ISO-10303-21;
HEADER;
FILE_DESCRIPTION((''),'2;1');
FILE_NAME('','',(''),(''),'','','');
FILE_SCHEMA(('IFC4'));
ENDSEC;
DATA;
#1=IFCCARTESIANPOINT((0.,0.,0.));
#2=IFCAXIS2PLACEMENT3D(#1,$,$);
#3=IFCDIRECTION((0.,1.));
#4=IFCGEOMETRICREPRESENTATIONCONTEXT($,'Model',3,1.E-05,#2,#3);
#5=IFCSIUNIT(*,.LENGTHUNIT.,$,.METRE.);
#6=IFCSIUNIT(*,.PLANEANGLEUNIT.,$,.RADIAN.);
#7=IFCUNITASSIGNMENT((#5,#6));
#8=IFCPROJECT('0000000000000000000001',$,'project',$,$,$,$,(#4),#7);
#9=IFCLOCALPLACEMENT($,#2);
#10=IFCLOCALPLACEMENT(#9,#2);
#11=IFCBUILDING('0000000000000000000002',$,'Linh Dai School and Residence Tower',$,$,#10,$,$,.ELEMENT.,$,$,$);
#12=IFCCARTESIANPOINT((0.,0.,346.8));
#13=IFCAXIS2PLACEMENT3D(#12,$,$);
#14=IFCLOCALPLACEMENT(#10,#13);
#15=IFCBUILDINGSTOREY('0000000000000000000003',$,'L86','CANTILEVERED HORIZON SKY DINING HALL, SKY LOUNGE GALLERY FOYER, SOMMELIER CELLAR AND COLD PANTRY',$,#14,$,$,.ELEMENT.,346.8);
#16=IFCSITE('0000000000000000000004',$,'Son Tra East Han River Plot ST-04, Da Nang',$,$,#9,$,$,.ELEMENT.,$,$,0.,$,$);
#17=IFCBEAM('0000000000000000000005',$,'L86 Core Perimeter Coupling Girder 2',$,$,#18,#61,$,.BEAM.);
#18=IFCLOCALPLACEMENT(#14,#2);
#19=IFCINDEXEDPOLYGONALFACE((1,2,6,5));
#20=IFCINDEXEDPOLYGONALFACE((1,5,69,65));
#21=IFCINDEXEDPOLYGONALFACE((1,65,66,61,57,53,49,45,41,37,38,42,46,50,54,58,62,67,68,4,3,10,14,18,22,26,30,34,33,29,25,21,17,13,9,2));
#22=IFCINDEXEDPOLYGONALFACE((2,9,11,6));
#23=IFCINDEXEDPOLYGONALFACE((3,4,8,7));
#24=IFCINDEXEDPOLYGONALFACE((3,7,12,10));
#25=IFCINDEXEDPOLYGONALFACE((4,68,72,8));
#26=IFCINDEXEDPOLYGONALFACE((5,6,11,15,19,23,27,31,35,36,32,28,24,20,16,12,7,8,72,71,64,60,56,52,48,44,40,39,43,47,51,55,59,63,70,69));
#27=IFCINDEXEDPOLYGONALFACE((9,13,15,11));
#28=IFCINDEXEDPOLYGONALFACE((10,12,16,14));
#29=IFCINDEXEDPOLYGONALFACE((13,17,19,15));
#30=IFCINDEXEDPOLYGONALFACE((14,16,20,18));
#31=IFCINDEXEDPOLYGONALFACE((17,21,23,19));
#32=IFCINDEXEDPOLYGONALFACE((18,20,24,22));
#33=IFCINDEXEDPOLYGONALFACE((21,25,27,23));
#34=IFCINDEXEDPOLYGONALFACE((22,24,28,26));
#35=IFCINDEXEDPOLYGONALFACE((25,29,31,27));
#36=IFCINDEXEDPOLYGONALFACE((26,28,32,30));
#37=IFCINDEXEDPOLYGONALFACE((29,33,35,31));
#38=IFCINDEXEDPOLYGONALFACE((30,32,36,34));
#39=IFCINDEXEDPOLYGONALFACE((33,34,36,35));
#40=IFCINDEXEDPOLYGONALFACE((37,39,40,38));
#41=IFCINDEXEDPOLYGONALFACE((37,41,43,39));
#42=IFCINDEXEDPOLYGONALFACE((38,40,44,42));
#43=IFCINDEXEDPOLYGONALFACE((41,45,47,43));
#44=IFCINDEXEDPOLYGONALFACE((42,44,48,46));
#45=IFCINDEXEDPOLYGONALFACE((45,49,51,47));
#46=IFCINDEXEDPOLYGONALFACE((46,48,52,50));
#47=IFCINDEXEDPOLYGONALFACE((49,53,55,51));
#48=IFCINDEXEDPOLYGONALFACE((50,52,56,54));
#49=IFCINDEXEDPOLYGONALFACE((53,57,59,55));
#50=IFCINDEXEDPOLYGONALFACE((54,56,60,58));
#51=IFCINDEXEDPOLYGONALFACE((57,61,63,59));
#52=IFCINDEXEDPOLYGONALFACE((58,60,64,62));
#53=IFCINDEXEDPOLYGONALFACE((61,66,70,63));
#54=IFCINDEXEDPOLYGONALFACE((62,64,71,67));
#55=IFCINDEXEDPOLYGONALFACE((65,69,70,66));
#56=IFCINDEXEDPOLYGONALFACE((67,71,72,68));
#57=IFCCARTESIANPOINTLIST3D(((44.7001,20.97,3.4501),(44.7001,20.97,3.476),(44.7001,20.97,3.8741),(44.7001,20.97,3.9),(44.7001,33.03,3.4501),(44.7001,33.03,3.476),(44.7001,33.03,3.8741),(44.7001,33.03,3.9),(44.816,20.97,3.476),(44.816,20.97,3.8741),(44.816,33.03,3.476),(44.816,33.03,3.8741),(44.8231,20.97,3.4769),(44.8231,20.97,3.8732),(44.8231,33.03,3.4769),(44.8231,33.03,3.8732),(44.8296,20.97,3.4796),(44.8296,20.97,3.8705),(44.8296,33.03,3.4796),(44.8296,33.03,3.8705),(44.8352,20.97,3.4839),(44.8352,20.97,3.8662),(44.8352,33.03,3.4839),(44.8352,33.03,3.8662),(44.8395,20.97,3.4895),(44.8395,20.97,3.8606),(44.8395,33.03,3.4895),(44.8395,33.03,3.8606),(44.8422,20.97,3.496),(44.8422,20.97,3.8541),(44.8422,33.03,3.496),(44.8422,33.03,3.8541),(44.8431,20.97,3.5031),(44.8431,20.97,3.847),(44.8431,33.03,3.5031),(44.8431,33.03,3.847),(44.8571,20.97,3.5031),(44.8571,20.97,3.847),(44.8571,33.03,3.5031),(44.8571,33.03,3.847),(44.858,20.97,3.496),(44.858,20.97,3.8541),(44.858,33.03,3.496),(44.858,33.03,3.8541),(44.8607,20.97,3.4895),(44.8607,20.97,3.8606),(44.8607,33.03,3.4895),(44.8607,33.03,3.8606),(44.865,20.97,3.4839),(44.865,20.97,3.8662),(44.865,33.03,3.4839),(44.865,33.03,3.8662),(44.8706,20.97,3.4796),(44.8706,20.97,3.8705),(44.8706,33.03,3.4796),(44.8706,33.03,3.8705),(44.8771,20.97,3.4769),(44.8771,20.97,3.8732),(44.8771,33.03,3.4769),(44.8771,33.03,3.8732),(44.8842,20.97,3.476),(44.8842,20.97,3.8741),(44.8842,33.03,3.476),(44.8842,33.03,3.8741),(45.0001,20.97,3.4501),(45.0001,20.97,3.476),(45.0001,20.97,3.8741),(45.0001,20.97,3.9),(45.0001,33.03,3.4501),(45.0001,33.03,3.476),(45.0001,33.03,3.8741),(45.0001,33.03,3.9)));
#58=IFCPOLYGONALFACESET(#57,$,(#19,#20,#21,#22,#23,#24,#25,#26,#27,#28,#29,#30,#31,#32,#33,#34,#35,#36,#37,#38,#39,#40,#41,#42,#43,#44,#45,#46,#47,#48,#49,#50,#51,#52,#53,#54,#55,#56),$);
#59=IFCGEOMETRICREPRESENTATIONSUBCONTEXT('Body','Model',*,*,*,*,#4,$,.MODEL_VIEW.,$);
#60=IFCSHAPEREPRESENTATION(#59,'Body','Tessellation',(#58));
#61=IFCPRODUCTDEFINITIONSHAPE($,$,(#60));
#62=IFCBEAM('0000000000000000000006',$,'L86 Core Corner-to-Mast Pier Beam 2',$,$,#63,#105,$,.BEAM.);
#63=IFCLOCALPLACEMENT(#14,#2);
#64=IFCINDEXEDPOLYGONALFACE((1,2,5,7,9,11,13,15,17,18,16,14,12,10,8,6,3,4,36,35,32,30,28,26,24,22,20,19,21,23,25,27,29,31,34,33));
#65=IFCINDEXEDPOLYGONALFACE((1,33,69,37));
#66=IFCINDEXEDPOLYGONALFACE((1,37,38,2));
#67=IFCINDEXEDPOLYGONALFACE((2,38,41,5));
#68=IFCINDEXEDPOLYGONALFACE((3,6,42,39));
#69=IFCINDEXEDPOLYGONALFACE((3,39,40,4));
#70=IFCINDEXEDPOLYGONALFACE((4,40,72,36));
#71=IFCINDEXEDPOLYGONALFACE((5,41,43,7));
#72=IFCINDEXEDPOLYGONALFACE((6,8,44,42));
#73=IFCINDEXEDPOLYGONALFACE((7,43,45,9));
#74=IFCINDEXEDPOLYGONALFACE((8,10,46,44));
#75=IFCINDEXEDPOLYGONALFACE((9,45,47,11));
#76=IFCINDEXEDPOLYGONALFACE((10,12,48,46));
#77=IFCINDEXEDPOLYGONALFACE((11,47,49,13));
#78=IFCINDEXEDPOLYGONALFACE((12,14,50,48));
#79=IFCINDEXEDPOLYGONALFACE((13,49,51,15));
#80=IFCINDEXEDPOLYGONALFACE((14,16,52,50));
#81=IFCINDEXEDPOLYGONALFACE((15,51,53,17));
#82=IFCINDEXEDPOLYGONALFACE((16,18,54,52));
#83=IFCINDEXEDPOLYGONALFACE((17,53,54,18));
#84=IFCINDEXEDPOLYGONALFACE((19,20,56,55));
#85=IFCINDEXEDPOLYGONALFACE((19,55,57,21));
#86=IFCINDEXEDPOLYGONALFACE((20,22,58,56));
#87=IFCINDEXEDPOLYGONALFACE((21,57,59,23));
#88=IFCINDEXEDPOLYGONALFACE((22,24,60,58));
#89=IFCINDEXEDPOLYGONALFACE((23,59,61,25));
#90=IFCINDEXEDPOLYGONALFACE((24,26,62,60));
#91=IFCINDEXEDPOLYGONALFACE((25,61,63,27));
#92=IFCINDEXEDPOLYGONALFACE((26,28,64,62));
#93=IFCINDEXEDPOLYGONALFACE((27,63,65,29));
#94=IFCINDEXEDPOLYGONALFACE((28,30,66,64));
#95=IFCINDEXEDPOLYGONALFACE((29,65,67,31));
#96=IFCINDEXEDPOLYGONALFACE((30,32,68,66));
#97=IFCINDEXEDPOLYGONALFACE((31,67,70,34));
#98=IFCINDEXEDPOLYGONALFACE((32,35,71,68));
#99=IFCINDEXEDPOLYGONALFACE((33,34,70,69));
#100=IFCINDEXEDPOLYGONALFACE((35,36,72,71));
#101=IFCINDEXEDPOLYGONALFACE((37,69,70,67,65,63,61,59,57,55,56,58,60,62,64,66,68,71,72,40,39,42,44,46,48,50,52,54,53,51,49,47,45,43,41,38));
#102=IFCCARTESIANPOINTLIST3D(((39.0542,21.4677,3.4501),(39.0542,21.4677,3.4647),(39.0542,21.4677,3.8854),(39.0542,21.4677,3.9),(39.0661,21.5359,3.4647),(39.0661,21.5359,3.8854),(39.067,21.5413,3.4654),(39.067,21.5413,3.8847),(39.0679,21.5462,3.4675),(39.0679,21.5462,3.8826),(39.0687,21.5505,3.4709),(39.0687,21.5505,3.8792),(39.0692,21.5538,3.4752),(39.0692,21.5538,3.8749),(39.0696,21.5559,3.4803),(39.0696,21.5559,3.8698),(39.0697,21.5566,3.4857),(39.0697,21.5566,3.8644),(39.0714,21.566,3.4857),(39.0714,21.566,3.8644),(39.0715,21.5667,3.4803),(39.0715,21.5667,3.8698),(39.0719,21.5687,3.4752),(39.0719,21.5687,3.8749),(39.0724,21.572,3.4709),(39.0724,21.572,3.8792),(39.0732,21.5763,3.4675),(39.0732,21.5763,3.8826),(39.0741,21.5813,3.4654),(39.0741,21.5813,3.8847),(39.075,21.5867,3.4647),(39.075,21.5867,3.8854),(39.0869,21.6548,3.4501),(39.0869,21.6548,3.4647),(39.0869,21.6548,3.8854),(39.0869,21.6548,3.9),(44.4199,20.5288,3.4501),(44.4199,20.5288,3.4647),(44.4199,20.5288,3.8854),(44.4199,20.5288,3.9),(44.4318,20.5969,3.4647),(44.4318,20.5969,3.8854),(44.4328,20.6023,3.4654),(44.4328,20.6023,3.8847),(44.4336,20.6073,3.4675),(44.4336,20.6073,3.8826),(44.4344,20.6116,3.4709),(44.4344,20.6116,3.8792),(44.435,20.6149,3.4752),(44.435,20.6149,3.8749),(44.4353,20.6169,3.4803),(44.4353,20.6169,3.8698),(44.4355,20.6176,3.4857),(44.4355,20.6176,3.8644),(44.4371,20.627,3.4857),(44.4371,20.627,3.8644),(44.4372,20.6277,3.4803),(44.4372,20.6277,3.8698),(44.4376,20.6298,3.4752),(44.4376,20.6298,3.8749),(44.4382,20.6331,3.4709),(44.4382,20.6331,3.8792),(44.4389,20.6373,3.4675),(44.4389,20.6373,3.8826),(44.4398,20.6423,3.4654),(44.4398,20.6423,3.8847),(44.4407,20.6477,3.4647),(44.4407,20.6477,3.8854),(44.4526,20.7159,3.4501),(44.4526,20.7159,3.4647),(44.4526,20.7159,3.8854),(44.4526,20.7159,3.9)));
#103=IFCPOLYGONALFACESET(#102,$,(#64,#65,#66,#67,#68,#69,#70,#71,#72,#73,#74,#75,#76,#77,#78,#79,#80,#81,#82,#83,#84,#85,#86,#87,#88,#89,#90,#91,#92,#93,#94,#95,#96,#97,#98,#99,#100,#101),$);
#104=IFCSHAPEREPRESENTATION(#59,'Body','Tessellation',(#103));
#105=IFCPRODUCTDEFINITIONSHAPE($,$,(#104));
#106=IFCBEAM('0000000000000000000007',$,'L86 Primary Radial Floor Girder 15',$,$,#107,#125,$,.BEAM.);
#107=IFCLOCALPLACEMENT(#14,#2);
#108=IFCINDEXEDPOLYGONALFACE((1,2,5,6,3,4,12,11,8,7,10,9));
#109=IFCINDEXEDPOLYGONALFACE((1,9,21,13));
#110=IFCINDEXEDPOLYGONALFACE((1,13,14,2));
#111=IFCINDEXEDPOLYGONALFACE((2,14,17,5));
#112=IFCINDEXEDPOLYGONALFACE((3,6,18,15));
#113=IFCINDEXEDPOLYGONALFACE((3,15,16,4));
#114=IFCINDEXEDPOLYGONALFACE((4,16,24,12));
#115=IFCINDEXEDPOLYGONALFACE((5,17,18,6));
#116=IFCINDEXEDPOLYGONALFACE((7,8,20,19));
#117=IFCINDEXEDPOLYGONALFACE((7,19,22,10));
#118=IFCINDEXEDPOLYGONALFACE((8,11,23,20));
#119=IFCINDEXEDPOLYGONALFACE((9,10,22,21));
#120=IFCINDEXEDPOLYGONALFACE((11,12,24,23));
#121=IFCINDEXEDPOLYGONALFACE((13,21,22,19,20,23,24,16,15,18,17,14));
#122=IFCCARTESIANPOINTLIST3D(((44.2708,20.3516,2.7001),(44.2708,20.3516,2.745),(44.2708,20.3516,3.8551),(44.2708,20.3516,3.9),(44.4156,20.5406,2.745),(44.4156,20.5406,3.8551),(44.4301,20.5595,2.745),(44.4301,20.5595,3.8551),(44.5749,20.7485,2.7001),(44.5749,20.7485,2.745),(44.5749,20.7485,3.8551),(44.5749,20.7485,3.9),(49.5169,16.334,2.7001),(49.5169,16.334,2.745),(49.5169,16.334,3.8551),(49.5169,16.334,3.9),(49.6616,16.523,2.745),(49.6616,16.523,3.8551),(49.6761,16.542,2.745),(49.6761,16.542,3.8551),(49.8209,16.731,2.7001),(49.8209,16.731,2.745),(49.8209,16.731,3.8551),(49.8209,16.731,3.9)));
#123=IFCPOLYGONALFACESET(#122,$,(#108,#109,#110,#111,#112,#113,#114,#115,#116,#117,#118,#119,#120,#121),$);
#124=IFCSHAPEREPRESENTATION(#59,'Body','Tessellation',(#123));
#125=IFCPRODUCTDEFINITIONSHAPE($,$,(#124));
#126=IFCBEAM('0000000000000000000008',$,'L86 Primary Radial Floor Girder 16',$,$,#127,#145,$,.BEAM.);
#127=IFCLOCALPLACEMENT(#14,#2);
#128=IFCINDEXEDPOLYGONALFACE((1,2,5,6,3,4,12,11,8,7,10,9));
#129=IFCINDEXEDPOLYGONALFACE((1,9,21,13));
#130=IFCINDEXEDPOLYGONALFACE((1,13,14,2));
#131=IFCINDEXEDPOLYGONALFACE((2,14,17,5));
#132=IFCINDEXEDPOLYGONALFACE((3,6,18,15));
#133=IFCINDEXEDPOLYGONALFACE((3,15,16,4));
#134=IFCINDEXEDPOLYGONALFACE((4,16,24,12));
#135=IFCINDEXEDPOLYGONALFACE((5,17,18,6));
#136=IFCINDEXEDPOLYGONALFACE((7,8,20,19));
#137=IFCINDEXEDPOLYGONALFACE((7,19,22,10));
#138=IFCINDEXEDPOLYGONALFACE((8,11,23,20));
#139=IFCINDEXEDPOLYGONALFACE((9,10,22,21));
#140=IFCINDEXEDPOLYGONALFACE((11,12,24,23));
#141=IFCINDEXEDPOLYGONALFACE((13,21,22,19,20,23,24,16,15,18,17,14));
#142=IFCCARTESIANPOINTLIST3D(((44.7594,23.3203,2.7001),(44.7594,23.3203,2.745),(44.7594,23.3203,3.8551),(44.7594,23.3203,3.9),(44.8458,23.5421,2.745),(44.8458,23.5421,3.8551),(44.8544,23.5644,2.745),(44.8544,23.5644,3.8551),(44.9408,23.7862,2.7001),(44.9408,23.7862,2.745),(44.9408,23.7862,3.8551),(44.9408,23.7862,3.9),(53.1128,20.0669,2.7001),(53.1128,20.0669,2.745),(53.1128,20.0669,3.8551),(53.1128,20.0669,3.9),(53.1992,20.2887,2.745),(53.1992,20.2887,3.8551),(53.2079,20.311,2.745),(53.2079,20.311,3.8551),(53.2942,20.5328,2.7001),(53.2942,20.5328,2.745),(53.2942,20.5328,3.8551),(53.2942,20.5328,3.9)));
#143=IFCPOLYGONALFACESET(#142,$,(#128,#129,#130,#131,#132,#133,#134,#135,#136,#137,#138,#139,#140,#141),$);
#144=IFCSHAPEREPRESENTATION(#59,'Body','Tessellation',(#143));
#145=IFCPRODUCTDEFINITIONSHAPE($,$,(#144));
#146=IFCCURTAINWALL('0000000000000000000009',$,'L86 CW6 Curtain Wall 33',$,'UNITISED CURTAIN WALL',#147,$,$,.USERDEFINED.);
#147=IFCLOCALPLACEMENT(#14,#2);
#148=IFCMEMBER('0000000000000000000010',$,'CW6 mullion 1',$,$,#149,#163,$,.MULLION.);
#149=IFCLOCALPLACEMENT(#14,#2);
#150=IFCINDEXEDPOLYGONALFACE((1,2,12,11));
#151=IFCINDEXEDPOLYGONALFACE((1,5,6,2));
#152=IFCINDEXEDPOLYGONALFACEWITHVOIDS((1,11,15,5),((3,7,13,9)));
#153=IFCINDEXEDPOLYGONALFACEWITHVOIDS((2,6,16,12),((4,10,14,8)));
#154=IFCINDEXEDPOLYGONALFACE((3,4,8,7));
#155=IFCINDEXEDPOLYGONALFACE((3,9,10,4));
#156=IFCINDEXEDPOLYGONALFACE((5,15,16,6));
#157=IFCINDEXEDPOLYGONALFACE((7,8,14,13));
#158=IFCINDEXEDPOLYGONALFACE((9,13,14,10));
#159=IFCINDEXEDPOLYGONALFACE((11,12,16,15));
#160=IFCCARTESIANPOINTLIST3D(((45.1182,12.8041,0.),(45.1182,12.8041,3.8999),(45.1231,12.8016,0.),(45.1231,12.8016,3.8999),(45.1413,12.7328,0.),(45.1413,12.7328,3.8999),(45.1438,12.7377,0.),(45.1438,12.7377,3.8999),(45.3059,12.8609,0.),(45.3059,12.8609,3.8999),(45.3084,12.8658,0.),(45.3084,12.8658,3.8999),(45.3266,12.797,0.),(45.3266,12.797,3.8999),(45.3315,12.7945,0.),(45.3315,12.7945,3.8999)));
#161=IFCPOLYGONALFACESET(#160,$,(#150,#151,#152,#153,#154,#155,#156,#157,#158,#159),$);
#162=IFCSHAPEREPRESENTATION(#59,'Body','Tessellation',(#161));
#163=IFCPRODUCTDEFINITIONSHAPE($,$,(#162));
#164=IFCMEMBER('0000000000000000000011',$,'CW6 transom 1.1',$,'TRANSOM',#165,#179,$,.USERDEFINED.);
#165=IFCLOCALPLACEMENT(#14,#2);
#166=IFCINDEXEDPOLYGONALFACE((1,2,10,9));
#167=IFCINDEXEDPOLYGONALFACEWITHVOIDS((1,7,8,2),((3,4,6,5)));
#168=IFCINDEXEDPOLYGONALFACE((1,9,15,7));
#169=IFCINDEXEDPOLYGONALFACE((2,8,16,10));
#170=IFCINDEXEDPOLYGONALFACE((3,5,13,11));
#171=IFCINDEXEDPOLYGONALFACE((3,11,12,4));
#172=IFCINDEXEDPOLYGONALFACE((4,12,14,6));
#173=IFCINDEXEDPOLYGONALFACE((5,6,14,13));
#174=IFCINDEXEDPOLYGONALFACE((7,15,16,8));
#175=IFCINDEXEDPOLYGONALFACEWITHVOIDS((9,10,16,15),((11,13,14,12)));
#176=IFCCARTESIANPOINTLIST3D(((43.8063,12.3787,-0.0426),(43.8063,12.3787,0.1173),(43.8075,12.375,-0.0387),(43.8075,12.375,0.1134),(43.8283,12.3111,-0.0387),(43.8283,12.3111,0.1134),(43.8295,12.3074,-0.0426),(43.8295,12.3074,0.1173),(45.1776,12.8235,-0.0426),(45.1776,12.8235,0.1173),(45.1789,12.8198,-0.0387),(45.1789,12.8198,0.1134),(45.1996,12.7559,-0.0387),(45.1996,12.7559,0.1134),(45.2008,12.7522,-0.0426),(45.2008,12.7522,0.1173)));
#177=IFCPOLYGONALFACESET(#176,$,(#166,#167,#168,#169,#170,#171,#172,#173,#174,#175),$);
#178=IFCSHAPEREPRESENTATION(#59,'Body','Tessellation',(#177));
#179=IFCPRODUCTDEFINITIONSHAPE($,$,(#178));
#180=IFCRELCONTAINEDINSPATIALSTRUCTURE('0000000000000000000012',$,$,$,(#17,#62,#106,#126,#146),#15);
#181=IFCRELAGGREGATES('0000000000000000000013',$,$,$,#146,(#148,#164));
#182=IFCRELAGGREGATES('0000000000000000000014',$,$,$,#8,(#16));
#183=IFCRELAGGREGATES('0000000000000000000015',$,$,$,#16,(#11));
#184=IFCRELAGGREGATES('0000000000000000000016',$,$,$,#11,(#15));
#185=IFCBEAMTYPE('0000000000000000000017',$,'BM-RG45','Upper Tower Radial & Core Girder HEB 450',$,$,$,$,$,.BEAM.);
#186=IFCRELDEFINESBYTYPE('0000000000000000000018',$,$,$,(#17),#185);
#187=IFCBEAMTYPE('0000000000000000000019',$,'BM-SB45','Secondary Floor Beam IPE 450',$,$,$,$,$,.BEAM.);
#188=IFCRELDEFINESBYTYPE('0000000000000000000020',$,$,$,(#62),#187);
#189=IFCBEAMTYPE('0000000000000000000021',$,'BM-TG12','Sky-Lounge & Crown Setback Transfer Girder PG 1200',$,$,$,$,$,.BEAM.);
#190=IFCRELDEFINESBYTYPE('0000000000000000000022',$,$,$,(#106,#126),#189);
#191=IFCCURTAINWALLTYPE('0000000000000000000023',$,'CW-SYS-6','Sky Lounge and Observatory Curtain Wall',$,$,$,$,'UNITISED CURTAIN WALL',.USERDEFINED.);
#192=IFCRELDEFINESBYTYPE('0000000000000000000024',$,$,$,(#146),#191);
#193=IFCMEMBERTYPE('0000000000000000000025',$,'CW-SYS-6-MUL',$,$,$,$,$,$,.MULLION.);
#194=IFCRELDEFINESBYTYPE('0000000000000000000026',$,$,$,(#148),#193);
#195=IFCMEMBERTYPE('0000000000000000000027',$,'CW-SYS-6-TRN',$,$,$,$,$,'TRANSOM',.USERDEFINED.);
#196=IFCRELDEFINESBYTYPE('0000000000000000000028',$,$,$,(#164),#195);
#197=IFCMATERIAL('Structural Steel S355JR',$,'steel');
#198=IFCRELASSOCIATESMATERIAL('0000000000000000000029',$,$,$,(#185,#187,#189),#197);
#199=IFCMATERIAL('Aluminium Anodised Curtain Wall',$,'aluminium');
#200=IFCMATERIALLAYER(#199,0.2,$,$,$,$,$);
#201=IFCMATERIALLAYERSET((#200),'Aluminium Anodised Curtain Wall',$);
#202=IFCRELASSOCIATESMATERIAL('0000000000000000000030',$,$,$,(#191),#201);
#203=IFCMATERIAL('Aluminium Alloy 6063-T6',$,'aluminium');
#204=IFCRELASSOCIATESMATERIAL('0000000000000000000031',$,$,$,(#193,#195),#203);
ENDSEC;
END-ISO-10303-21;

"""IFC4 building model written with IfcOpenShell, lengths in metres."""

from ifc_helpers import new_model, si_unit, direction, frame, origin, origin_2d, place, context, subcontext, project, spatial, hollow_rectangle, i_section, extrude, source, transform, mapped, material, layer, layer_set, material_profile, profile_set, type_object, element, aggregate, save


model = new_model("IFC4")

# Units and contexts
model_context = context("Model", 3, precision=1e-05, world=origin(), true_north=direction((0.0, 1.0)))
body_context = subcontext(model_context, "Body", "Model", "MODEL_VIEW")
ifc_project = project(units=[si_unit("LENGTHUNIT", "METRE"), si_unit("PLANEANGLEUNIT", "RADIAN")], contexts=[model_context])

# Site, building, storey
site_placement = place(None, origin())
site = spatial("IfcSite", under=ifc_project, at=site_placement, Name="Son Tra East Han River Plot ST-04, Da Nang", CompositionType="ELEMENT", RefElevation=0.0)
building_placement = place(site_placement, origin())
building = spatial("IfcBuilding", under=site, at=building_placement, Name="Linh Dai School and Residence Tower", CompositionType="ELEMENT")
storey_placement = place(building_placement, frame((0.0, 0.0, 346.8)))
storey = spatial("IfcBuildingStorey", under=building, at=storey_placement, Name="L86", Description="CANTILEVERED HORIZON SKY DINING HALL, SKY LOUNGE GALLERY FOYER, SOMMELIER CELLAR AND COLD PANTRY", CompositionType="ELEMENT", Elevation=346.8)

# Shared definitions
ifc_material_1 = material(Name="Structural Steel S355JR", Category="steel")

# Beams
ifc_material_profile_1 = material_profile(ifc_material_1, i_section(OverallWidth=0.3, OverallDepth=0.45, WebThickness=0.0139, FlangeThickness=0.0259, FilletRadius=0.0271, at=origin_2d()), Name="HEB 450")
ifc_profile_set_1 = profile_set([ifc_material_profile_1], Name="Structural Steel S355JR")
beam_type_1 = type_object("IfcBeamType", Name="BM-RG45", Description="Upper Tower Radial & Core Girder HEB 450", PredefinedType="BEAM", material=ifc_profile_set_1)
beam_1_placement = place(storey_placement, frame((44.8501, 20.97, 3.675), z_axis=(0.0, 1.0, 0.0), x_axis=(-1.0, 0.0, 0.0)))
element("IfcBeam", 1, at=beam_1_placement, inside=storey, type_object=beam_type_1, Name="L86 Core Perimeter Coupling Girder 2", PredefinedType="BEAM", context=body_context, shape_type="SweptSolid", body=[
    extrude(i_section(OverallWidth=0.3, OverallDepth=0.45, WebThickness=0.0139, FlangeThickness=0.0259, FilletRadius=0.0271, at=origin_2d()), origin(), (0.0, 0.0, 1.0), 12.0601),
])
ifc_material_profile_2 = material_profile(ifc_material_1, i_section(OverallWidth=0.1899, OverallDepth=0.45, WebThickness=0.0095, FlangeThickness=0.0146, FilletRadius=0.021, at=origin_2d()), Name="IPE 450")
ifc_profile_set_2 = profile_set([ifc_material_profile_2], Name="Structural Steel S355JR")
beam_type_2 = type_object("IfcBeamType", Name="BM-SB45", Description="Secondary Floor Beam IPE 450", PredefinedType="BEAM", material=ifc_profile_set_2)
beam_2_placement = place(storey_placement, frame((44.4363, 20.6223, 3.675), z_axis=(-0.985032, 0.172374, 0.0), x_axis=(-0.172374, -0.985032, 0.0)))
element("IfcBeam", 2, at=beam_2_placement, inside=storey, type_object=beam_type_2, Name="L86 Core Corner-to-Mast Pier Beam 2", PredefinedType="BEAM", context=body_context, shape_type="SweptSolid", body=[
    extrude(i_section(OverallWidth=0.1899, OverallDepth=0.45, WebThickness=0.0095, FlangeThickness=0.0146, FilletRadius=0.021, at=origin_2d()), origin(), (0.0, 0.0, 1.0), 5.4473),
])
ifc_material_profile_3 = material_profile(ifc_material_1, i_section(OverallWidth=0.5, OverallDepth=1.2, WebThickness=0.0239, FlangeThickness=0.0449, at=origin_2d()), Name="PG 1200x500x24x45")
ifc_profile_set_3 = profile_set([ifc_material_profile_3], Name="Structural Steel S355JR")
beam_type_3 = type_object("IfcBeamType", Name="BM-TG12", Description="Sky-Lounge & Crown Setback Transfer Girder PG 1200", PredefinedType="BEAM", material=ifc_profile_set_3)
beam_3_placement = place(storey_placement, frame((44.4229, 20.55, 3.3), z_axis=(0.79393, -0.608009, 0.0), x_axis=(0.608009, 0.79393, 0.0)))
element("IfcBeam", 3, at=beam_3_placement, inside=storey, type_object=beam_type_3, Name="L86 Primary Radial Floor Girder 15", PredefinedType="BEAM", context=body_context, shape_type="SweptSolid", body=[
    extrude(i_section(OverallWidth=0.5, OverallDepth=1.2, WebThickness=0.0239, FlangeThickness=0.0449, at=origin_2d()), origin(), (0.0, 0.0, 1.0), 6.6077),
])
beam_4_placement = place(storey_placement, frame((44.8501, 23.5532, 3.3), z_axis=(0.931823, -0.362914, 0.0), x_axis=(0.362914, 0.931823, 0.0)))
element("IfcBeam", 4, at=beam_4_placement, inside=storey, type_object=beam_type_3, Name="L86 Primary Radial Floor Girder 16", PredefinedType="BEAM", context=body_context, shape_type="SweptSolid", body=[
    extrude(i_section(OverallWidth=0.5, OverallDepth=1.2, WebThickness=0.0239, FlangeThickness=0.0449, at=origin_2d()), origin(), (0.0, 0.0, 1.0), 8.9646),
])

# Curtain wall, members
ifc_material_2 = material(Name="Aluminium Anodised Curtain Wall", Category="aluminium")
ifc_layer_1 = layer(ifc_material_2, 0.2)
ifc_layer_set_1 = layer_set([ifc_layer_1], Name="Aluminium Anodised Curtain Wall")
curtain_wall_type = type_object("IfcCurtainWallType", Name="CW-SYS-6", Description="Sky Lounge and Observatory Curtain Wall", ElementType="UNITISED CURTAIN WALL", PredefinedType="USERDEFINED", material=ifc_layer_set_1)
curtain_wall_placement = place(storey_placement, origin())
curtain_wall = element("IfcCurtainWall", 5, at=curtain_wall_placement, inside=storey, type_object=curtain_wall_type, Name="L86 CW6 Curtain Wall 33", ObjectType="UNITISED CURTAIN WALL", PredefinedType="USERDEFINED")
ifc_material_3 = material(Name="Aluminium Alloy 6063-T6", Category="aluminium")
ifc_material_profile_4 = material_profile(ifc_material_3, hollow_rectangle(XDim=0.075, YDim=0.2, WallThickness=0.0039, at=origin_2d()), Name="RHS 200x75x4")
ifc_profile_set_4 = profile_set([ifc_material_profile_4], Name="Aluminium Alloy 6063-T6")
member_type_1 = type_object("IfcMemberType", Name="CW-SYS-6-MUL", PredefinedType="MULLION", material=ifc_profile_set_4)
shared_shape_1 = source(origin(), body_context, "Body", "SweptSolid", [
    extrude(hollow_rectangle(XDim=0.075, YDim=0.2, WallThickness=0.0039, at=origin_2d()), origin(), (0.0, 0.0, 1.0), 3.8999),
])
member_1_placement = place(storey_placement, frame((45.2249, 12.7993, 0.0), z_axis=(0.0, 0.0, 1.0), x_axis=(0.308565, -0.951203, 0.0)))
member_1 = element("IfcMember", 6, at=member_1_placement, type_object=member_type_1, Name="CW6 mullion 1", PredefinedType="MULLION", context=body_context, shape_type="MappedRepresentation", body=[
    mapped(shared_shape_1, transform((0.0, 0.0, 0.0), x_axis=(1.0, 0.0, 0.0), y_axis=(0.0, 1.0, 0.0), z_axis=(0.0, 0.0, 1.0), scale=1.0)),
])
ifc_material_profile_5 = material_profile(ifc_material_3, hollow_rectangle(XDim=0.075, YDim=0.1599, WallThickness=0.0039, at=origin_2d()), Name="RHS 160x75x4")
ifc_profile_set_5 = profile_set([ifc_material_profile_5], Name="Aluminium Alloy 6063-T6")
member_type_2 = type_object("IfcMemberType", Name="CW-SYS-6-TRN", ElementType="TRANSOM", PredefinedType="USERDEFINED", material=ifc_profile_set_5)
shared_shape_2 = source(origin(), body_context, "Body", "SweptSolid", [
    extrude(hollow_rectangle(XDim=0.075, YDim=0.1599, WallThickness=0.0039, at=origin_2d()), origin(), (0.0, 0.0, 1.0), 1.4417),
])
member_2_placement = place(storey_placement, frame((45.1892, 12.7878, 0.0374), z_axis=(-0.951209, -0.308546, 0.0), x_axis=(0.308546, -0.951209, 0.0)))
member_2 = element("IfcMember", 7, at=member_2_placement, type_object=member_type_2, Name="CW6 transom 1.1", ObjectType="TRANSOM", PredefinedType="USERDEFINED", context=body_context, shape_type="MappedRepresentation", body=[
    mapped(shared_shape_2, transform((0.0, 0.0, 0.0), x_axis=(1.0, 0.0, 0.0), y_axis=(0.0, 1.0, 0.0), z_axis=(0.0, 0.0, 1.0), scale=1.0)),
])

aggregate(curtain_wall, [member_1, member_2])

save(model, "model.ifc")
